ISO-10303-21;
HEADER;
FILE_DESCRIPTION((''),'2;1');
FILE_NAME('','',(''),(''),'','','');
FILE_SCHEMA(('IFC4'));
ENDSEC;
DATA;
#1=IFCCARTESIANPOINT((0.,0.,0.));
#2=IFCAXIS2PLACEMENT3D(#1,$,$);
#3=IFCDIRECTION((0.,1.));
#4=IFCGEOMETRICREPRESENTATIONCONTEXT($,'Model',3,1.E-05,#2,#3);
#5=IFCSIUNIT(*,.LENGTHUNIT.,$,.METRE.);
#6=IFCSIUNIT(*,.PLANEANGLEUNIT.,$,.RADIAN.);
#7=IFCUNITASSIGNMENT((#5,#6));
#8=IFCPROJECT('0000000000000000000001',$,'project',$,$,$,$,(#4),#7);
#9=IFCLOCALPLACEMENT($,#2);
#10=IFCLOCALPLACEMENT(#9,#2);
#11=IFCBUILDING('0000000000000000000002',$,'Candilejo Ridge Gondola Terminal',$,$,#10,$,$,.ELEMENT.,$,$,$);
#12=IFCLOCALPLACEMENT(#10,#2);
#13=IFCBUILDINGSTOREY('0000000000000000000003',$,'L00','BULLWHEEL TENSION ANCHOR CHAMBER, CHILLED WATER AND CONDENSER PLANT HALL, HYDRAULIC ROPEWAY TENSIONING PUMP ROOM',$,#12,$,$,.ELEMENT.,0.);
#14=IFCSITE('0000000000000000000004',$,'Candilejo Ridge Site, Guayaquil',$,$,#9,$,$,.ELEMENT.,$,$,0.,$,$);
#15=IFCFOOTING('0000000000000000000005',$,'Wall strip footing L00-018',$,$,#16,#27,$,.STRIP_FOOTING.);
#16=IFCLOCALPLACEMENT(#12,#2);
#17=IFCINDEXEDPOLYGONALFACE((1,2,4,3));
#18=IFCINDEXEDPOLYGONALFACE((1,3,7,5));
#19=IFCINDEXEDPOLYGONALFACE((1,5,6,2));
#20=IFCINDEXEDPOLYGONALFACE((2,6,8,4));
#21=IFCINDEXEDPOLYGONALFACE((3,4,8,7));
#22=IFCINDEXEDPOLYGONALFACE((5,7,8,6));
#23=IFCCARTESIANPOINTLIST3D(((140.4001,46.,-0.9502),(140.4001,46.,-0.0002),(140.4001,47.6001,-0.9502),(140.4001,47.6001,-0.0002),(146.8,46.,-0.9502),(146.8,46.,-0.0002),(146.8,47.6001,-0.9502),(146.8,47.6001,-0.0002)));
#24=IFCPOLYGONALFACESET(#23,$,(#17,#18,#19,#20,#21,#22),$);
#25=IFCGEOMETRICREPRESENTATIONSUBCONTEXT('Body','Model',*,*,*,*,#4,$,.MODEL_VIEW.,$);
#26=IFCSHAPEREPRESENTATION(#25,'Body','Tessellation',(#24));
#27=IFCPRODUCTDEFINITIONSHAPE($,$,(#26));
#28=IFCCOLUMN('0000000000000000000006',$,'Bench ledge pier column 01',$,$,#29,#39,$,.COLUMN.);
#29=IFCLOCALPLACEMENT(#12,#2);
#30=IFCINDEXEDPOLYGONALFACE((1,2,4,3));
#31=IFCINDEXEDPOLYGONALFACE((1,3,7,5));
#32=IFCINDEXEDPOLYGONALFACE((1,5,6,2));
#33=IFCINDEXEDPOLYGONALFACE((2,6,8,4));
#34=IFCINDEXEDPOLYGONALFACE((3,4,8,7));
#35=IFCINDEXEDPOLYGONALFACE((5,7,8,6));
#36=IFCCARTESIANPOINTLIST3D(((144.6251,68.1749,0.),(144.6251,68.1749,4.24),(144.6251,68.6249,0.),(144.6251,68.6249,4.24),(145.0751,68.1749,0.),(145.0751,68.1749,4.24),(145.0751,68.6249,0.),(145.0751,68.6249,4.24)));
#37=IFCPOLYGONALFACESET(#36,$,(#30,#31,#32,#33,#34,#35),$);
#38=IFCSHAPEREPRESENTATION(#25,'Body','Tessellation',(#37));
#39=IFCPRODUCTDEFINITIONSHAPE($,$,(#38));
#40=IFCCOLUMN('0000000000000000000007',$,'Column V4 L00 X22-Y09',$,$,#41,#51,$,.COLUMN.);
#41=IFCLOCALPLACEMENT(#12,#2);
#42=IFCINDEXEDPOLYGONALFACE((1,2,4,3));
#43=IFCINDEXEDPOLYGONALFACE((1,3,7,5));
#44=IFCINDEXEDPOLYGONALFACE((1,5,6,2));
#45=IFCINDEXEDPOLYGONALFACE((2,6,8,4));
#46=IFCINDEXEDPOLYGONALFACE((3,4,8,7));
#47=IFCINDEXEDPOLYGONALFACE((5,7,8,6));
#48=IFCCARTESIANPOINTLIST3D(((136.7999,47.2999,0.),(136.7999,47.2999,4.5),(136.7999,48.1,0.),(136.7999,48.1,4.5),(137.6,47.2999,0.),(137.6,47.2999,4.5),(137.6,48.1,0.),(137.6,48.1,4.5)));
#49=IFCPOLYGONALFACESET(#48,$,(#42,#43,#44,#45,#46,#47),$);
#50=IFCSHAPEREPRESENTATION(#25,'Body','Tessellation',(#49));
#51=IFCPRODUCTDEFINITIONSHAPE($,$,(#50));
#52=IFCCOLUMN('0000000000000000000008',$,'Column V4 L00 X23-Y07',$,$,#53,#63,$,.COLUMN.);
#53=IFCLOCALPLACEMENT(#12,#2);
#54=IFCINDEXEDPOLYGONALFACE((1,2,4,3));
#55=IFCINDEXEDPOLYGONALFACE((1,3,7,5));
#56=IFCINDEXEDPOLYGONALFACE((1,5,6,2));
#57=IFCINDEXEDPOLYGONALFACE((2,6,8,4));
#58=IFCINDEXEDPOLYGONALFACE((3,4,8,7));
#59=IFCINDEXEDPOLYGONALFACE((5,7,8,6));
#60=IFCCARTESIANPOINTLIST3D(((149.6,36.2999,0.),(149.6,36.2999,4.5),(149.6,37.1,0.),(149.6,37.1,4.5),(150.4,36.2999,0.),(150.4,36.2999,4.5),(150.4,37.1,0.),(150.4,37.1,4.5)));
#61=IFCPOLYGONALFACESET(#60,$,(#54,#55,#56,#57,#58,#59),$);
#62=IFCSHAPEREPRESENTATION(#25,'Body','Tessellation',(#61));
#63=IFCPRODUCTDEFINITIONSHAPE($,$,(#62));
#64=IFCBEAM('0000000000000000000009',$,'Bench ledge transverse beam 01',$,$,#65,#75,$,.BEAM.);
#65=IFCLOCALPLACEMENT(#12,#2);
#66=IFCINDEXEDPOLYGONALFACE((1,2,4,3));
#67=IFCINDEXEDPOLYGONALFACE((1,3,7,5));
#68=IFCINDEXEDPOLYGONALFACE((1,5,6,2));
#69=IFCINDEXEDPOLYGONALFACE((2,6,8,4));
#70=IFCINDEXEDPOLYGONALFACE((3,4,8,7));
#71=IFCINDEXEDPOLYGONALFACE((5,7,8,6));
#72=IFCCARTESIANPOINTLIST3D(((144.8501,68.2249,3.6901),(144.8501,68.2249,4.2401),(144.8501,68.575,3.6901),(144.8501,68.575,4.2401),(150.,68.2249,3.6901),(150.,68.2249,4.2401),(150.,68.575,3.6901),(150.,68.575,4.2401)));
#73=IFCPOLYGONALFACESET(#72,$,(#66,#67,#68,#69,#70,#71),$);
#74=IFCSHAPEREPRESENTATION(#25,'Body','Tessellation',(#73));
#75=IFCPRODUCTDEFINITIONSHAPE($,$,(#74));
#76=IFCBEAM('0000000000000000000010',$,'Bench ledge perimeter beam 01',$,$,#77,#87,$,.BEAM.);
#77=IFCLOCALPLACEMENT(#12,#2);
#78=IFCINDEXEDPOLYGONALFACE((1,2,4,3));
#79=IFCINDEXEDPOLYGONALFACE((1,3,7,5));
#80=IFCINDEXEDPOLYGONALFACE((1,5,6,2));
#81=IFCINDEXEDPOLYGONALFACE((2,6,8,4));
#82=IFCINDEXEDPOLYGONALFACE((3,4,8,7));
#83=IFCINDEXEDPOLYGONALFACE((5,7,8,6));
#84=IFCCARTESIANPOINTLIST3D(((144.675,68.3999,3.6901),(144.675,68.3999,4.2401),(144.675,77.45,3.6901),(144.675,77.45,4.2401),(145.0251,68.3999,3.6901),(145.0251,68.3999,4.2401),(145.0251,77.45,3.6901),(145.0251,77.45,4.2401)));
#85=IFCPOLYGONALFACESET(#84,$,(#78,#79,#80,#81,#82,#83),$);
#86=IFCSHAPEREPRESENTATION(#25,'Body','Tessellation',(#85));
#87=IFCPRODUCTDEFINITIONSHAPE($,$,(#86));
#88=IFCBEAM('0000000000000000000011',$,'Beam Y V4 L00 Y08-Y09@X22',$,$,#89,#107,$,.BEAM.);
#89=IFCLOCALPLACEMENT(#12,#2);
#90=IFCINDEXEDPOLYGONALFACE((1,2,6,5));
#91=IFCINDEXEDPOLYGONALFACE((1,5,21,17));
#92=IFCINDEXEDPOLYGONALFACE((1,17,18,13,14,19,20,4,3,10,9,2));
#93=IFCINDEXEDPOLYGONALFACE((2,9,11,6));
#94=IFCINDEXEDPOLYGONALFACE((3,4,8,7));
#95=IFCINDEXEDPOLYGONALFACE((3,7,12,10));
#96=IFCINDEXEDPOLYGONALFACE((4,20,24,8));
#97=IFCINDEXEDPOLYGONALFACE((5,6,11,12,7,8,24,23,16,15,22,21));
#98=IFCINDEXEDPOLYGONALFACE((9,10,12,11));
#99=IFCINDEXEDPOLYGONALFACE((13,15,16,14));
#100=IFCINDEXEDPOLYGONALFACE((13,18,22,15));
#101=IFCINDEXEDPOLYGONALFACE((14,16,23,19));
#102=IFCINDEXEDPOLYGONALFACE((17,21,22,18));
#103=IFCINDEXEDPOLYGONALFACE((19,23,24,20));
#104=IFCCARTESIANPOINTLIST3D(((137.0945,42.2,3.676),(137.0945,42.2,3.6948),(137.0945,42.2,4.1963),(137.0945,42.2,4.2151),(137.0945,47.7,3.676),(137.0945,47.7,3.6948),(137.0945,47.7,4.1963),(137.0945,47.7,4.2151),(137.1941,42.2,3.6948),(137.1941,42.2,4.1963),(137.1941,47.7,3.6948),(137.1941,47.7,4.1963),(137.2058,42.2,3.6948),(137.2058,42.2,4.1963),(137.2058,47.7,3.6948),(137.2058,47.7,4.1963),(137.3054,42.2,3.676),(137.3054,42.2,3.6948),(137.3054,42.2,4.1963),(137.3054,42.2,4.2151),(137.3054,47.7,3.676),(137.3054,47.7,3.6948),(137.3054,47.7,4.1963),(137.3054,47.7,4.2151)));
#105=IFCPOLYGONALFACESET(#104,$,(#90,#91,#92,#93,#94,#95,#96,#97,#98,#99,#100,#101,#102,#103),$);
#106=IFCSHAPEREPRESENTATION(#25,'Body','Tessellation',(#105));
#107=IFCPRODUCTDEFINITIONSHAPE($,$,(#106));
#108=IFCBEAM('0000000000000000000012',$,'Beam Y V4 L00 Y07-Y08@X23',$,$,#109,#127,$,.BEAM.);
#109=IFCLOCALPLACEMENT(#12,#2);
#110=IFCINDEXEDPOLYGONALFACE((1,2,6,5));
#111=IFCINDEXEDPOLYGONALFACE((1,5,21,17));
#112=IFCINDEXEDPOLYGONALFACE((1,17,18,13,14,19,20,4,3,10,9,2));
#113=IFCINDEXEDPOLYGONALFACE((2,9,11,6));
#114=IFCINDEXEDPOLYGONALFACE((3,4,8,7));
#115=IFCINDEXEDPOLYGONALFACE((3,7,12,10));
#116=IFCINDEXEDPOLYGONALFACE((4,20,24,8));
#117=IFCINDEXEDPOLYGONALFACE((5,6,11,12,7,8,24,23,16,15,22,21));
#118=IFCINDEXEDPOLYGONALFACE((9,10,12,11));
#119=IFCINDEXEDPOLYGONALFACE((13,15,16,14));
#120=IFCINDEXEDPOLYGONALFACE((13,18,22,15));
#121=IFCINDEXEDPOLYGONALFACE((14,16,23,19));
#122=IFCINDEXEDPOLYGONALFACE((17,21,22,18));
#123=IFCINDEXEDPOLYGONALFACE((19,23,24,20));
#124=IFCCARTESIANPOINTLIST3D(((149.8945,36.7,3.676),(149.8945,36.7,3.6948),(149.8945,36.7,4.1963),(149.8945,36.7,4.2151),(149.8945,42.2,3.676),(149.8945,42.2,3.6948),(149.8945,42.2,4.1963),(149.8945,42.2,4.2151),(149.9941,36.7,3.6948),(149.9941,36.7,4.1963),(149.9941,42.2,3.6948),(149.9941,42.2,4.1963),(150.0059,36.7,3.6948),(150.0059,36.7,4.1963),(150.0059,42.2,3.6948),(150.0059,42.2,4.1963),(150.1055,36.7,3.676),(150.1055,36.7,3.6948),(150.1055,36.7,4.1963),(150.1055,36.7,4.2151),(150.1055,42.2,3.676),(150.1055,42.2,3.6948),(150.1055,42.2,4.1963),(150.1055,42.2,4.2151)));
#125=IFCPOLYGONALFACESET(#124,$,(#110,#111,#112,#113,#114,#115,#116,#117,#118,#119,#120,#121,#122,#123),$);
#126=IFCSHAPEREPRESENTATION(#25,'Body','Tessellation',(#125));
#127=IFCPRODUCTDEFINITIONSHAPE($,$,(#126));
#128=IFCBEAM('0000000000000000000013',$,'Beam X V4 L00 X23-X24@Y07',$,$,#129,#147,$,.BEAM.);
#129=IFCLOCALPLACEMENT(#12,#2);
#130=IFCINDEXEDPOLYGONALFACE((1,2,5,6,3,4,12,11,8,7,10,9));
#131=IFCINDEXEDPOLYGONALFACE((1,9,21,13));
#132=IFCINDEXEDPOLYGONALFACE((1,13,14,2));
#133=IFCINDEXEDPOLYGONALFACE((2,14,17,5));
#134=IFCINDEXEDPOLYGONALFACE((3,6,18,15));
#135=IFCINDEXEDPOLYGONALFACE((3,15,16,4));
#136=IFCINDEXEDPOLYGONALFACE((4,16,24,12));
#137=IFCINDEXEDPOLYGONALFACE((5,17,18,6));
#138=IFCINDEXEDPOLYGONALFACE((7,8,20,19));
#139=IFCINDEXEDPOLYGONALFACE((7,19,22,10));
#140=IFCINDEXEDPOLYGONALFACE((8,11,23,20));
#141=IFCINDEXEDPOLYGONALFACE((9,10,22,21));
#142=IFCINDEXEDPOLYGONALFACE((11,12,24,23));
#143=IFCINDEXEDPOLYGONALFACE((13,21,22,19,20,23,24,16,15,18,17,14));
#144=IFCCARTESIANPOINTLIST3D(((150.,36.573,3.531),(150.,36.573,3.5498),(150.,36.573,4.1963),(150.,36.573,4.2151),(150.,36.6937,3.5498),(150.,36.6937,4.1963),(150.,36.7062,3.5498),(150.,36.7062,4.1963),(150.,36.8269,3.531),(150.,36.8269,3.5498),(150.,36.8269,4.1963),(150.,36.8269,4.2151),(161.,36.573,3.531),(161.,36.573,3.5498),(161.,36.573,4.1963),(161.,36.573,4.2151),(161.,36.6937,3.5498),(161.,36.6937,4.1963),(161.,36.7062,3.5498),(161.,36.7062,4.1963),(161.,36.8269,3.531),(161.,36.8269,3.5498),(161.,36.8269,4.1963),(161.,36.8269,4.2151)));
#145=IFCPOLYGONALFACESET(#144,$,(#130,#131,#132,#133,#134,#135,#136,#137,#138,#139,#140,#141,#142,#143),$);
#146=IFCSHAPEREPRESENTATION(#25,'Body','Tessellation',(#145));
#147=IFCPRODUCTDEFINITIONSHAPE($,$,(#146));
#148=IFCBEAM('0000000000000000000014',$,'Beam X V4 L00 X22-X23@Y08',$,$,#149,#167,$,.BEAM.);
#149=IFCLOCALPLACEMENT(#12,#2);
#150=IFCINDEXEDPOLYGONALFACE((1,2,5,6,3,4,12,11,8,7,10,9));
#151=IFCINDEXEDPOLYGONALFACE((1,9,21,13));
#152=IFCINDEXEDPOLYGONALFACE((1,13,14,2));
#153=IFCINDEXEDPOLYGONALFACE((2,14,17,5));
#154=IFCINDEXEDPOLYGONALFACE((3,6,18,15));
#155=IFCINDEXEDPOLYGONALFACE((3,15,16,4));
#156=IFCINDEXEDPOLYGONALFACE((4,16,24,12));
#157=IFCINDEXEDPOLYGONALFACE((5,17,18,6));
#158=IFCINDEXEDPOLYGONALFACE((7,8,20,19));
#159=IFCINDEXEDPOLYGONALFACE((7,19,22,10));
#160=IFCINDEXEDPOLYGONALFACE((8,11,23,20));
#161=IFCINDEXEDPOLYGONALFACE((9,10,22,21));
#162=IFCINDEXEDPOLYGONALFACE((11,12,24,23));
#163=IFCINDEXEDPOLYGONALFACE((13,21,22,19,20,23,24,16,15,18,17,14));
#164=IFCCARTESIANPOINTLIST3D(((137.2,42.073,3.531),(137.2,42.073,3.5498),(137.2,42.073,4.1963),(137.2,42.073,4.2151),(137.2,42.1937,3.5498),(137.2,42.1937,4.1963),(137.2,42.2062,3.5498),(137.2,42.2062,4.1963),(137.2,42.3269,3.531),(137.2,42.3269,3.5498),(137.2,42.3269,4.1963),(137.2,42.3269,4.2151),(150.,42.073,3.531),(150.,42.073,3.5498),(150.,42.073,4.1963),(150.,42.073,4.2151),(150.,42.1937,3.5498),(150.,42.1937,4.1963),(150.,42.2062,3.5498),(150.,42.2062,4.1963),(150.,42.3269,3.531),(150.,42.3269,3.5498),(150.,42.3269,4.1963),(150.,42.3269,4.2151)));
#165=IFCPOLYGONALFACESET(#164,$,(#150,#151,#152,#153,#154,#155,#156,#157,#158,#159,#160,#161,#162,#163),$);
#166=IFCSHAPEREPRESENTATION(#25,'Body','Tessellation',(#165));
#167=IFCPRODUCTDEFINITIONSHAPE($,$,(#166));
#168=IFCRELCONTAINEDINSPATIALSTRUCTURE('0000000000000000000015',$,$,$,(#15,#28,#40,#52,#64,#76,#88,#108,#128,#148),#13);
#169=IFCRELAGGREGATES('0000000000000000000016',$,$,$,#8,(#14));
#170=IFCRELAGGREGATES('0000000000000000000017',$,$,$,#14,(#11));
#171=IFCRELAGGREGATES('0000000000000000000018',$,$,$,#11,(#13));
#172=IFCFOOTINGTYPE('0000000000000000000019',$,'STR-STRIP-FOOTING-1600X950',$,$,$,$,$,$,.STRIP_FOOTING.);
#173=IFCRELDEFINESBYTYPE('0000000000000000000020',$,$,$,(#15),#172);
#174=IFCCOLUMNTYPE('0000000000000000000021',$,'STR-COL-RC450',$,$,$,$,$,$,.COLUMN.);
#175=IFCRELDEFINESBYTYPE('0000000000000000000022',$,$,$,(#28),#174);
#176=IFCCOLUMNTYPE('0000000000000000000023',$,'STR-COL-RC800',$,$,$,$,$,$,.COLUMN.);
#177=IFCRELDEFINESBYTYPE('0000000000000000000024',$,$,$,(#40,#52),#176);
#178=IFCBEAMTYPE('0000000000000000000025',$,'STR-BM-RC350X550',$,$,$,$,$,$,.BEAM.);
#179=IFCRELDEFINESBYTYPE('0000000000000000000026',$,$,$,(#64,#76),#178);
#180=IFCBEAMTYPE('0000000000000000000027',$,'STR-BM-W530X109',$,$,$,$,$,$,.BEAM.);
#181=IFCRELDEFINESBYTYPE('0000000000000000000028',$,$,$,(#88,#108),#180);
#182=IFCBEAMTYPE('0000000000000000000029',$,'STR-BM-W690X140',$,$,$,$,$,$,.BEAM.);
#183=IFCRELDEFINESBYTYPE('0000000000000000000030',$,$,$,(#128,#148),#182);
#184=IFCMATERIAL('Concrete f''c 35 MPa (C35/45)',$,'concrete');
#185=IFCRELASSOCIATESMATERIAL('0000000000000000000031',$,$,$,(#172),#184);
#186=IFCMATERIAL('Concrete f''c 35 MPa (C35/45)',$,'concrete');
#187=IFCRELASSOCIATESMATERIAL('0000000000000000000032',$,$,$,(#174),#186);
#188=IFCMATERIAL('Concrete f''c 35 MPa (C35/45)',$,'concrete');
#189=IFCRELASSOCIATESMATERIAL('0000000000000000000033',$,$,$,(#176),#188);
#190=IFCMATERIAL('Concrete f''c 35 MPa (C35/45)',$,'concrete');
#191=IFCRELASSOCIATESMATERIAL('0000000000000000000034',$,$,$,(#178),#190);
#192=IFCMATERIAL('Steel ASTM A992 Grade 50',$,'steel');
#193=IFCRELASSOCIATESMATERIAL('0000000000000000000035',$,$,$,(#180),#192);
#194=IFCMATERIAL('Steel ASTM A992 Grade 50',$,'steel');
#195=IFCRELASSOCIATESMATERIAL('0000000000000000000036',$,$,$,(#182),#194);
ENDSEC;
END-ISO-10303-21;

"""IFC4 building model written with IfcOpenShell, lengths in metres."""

from ifc_helpers import new_model, si_unit, direction, frame, origin, origin_2d, place, context, subcontext, project, spatial, rectangle, i_section, extrude, material, material_profile, profile_set, type_object, element, save


model = new_model("IFC4")

# Units and contexts
model_context = context("Model", 3, precision=1e-05, world=origin(), true_north=direction((0.0, 1.0)))
body_context = subcontext(model_context, "Body", "Model", "MODEL_VIEW")
ifc_project = project(units=[si_unit("LENGTHUNIT", "METRE"), si_unit("PLANEANGLEUNIT", "RADIAN")], contexts=[model_context])

# Site, building, storey
site_placement = place(None, origin())
site = spatial("IfcSite", under=ifc_project, at=site_placement, Name="Candilejo Ridge Site, Guayaquil", CompositionType="ELEMENT", RefElevation=0.0)
building_placement = place(site_placement, origin())
building = spatial("IfcBuilding", under=site, at=building_placement, Name="Candilejo Ridge Gondola Terminal", CompositionType="ELEMENT")
storey_placement = place(building_placement, origin())
storey = spatial("IfcBuildingStorey", under=building, at=storey_placement, Name="L00", Description="BULLWHEEL TENSION ANCHOR CHAMBER, CHILLED WATER AND CONDENSER PLANT HALL, HYDRAULIC ROPEWAY TENSIONING PUMP ROOM", CompositionType="ELEMENT", Elevation=0.0)

# Footing
ifc_material_1 = material(Name="Concrete f'c 35 MPa (C35/45)", Category="concrete")
footing_type_1 = type_object("IfcFootingType", Name="STR-STRIP-FOOTING-1600X950", PredefinedType="STRIP_FOOTING", material=ifc_material_1)
footing_1_placement = place(storey_placement, frame((143.6001, 46.8, -0.9502), z_axis=(0.0, 0.0, 1.0), x_axis=(1.0, 0.0, 0.0)))
element("IfcFooting", 1, at=footing_1_placement, inside=storey, type_object=footing_type_1, Name="Wall strip footing L00-018", PredefinedType="STRIP_FOOTING", context=body_context, shape_type="SweptSolid", body=[
    extrude(rectangle(XDim=6.3999, YDim=1.6001, at=origin_2d()), origin(), (0.0, 0.0, 1.0), 0.95),
])

# Columns
ifc_material_2 = material(Name="Concrete f'c 35 MPa (C35/45)", Category="concrete")
ifc_material_profile_1 = material_profile(ifc_material_2, rectangle(XDim=0.45, YDim=0.45, at=origin_2d()))
ifc_profile_set_1 = profile_set([ifc_material_profile_1], Name="Concrete f'c 35 MPa (C35/45)")
column_type_1 = type_object("IfcColumnType", Name="STR-COL-RC450", PredefinedType="COLUMN", material=ifc_profile_set_1)
column_placement = place(storey_placement, frame((144.8501, 68.3999, 0.0), z_axis=(0.0, 0.0, 1.0), x_axis=(1.0, 0.0, 0.0)))
element("IfcColumn", 2, at=column_placement, inside=storey, type_object=column_type_1, Name="Bench ledge pier column 01", PredefinedType="COLUMN", context=body_context, shape_type="SweptSolid", body=[
    extrude(rectangle(XDim=0.45, YDim=0.45, at=origin_2d()), origin(), (0.0, 0.0, 1.0), 4.24),
])
ifc_material_3 = material(Name="Concrete f'c 35 MPa (C35/45)", Category="concrete")
ifc_material_profile_2 = material_profile(ifc_material_3, rectangle(XDim=0.8, YDim=0.8, at=origin_2d()))
ifc_profile_set_2 = profile_set([ifc_material_profile_2], Name="Concrete f'c 35 MPa (C35/45)")
column_type_2 = type_object("IfcColumnType", Name="STR-COL-RC800", PredefinedType="COLUMN", material=ifc_profile_set_2)
for number, where, z_axis, x_axis, name in (
    (3, (137.2, 47.7, 0.0), (0.0, 0.0, 1.0), (1.0, 0.0, 0.0), "Column V4 L00 X22-Y09"),
    (4, (150.0, 36.7, 0.0), (0.0, 0.0, 1.0), (1.0, 0.0, 0.0), "Column V4 L00 X23-Y07"),
):
    element("IfcColumn", number, at=place(storey_placement, frame(where, z_axis=z_axis, x_axis=x_axis)), inside=storey, type_object=column_type_2, Name=name, PredefinedType="COLUMN", context=body_context, shape_type="SweptSolid", body=[
        extrude(rectangle(XDim=0.8, YDim=0.8, at=origin_2d()), origin(), (0.0, 0.0, 1.0), 4.5),
    ])

# Beams
ifc_material_4 = material(Name="Concrete f'c 35 MPa (C35/45)", Category="concrete")
ifc_material_profile_3 = material_profile(ifc_material_4, rectangle(XDim=0.3501, YDim=0.55, at=origin_2d()))
ifc_profile_set_3 = profile_set([ifc_material_profile_3], Name="Concrete f'c 35 MPa (C35/45)")
beam_type_1 = type_object("IfcBeamType", Name="STR-BM-RC350X550", PredefinedType="BEAM", material=ifc_profile_set_3)
beam_1_placement = place(storey_placement, frame((144.8501, 68.3999, 3.9651), z_axis=(1.0, 0.0, 0.0), x_axis=(0.0, 1.0, 0.0)))
element("IfcBeam", 5, at=beam_1_placement, inside=storey, type_object=beam_type_1, Name="Bench ledge transverse beam 01", PredefinedType="BEAM", context=body_context, shape_type="SweptSolid", body=[
    extrude(rectangle(XDim=0.3501, YDim=0.55, at=origin_2d()), origin(), (0.0, 0.0, 1.0), 5.1499),
])
beam_2_placement = place(storey_placement, frame((144.8501, 68.3999, 3.9651), z_axis=(0.0, 1.0, 0.0), x_axis=(-1.0, 0.0, 0.0)))
element("IfcBeam", 6, at=beam_2_placement, inside=storey, type_object=beam_type_1, Name="Bench ledge perimeter beam 01", PredefinedType="BEAM", context=body_context, shape_type="SweptSolid", body=[
    extrude(rectangle(XDim=0.3501, YDim=0.55, at=origin_2d()), origin(), (0.0, 0.0, 1.0), 9.05),
])
ifc_material_5 = material(Name="Steel ASTM A992 Grade 50", Category="steel")
ifc_material_profile_4 = material_profile(ifc_material_5, i_section(OverallWidth=0.2109, OverallDepth=0.5391, WebThickness=0.0117, FlangeThickness=0.0188, at=origin_2d()))
ifc_profile_set_4 = profile_set([ifc_material_profile_4], Name="Steel ASTM A992 Grade 50")
beam_type_2 = type_object("IfcBeamType", Name="STR-BM-W530X109", PredefinedType="BEAM", material=ifc_profile_set_4)
for number, where, z_axis, x_axis, name in (
    (7, (137.2, 42.2, 3.9456), (0.0, 1.0, 0.0), (-1.0, 0.0, 0.0), "Beam Y V4 L00 Y08-Y09@X22"),
    (8, (150.0, 36.7, 3.9456), (0.0, 1.0, 0.0), (-1.0, 0.0, 0.0), "Beam Y V4 L00 Y07-Y08@X23"),
):
    element("IfcBeam", number, at=place(storey_placement, frame(where, z_axis=z_axis, x_axis=x_axis)), inside=storey, type_object=beam_type_2, Name=name, PredefinedType="BEAM", context=body_context, shape_type="SweptSolid", body=[
        extrude(i_section(OverallWidth=0.2109, OverallDepth=0.5391, WebThickness=0.0117, FlangeThickness=0.0188, at=origin_2d()), origin(), (0.0, 0.0, 1.0), 5.5),
    ])
ifc_material_6 = material(Name="Steel ASTM A992 Grade 50", Category="steel")
ifc_material_profile_5 = material_profile(ifc_material_6, i_section(OverallWidth=0.2539, OverallDepth=0.6841, WebThickness=0.0125, FlangeThickness=0.0188, at=origin_2d()))
ifc_profile_set_5 = profile_set([ifc_material_profile_5], Name="Steel ASTM A992 Grade 50")
beam_type_3 = type_object("IfcBeamType", Name="STR-BM-W690X140", PredefinedType="BEAM", material=ifc_profile_set_5)
beam_3_placement = place(storey_placement, frame((150.0, 36.7, 3.873), z_axis=(1.0, 0.0, 0.0), x_axis=(0.0, 1.0, 0.0)))
element("IfcBeam", 9, at=beam_3_placement, inside=storey, type_object=beam_type_3, Name="Beam X V4 L00 X23-X24@Y07", PredefinedType="BEAM", context=body_context, shape_type="SweptSolid", body=[
    extrude(i_section(OverallWidth=0.2539, OverallDepth=0.6841, WebThickness=0.0125, FlangeThickness=0.0188, at=origin_2d()), origin(), (0.0, 0.0, 1.0), 11.0),
])
beam_4_placement = place(storey_placement, frame((137.2, 42.2, 3.873), z_axis=(1.0, 0.0, 0.0), x_axis=(0.0, 1.0, 0.0)))
element("IfcBeam", 10, at=beam_4_placement, inside=storey, type_object=beam_type_3, Name="Beam X V4 L00 X22-X23@Y08", PredefinedType="BEAM", context=body_context, shape_type="SweptSolid", body=[
    extrude(i_section(OverallWidth=0.2539, OverallDepth=0.6841, WebThickness=0.0125, FlangeThickness=0.0188, at=origin_2d()), origin(), (0.0, 0.0, 1.0), 12.8),
])

save(model, "model.ifc")
